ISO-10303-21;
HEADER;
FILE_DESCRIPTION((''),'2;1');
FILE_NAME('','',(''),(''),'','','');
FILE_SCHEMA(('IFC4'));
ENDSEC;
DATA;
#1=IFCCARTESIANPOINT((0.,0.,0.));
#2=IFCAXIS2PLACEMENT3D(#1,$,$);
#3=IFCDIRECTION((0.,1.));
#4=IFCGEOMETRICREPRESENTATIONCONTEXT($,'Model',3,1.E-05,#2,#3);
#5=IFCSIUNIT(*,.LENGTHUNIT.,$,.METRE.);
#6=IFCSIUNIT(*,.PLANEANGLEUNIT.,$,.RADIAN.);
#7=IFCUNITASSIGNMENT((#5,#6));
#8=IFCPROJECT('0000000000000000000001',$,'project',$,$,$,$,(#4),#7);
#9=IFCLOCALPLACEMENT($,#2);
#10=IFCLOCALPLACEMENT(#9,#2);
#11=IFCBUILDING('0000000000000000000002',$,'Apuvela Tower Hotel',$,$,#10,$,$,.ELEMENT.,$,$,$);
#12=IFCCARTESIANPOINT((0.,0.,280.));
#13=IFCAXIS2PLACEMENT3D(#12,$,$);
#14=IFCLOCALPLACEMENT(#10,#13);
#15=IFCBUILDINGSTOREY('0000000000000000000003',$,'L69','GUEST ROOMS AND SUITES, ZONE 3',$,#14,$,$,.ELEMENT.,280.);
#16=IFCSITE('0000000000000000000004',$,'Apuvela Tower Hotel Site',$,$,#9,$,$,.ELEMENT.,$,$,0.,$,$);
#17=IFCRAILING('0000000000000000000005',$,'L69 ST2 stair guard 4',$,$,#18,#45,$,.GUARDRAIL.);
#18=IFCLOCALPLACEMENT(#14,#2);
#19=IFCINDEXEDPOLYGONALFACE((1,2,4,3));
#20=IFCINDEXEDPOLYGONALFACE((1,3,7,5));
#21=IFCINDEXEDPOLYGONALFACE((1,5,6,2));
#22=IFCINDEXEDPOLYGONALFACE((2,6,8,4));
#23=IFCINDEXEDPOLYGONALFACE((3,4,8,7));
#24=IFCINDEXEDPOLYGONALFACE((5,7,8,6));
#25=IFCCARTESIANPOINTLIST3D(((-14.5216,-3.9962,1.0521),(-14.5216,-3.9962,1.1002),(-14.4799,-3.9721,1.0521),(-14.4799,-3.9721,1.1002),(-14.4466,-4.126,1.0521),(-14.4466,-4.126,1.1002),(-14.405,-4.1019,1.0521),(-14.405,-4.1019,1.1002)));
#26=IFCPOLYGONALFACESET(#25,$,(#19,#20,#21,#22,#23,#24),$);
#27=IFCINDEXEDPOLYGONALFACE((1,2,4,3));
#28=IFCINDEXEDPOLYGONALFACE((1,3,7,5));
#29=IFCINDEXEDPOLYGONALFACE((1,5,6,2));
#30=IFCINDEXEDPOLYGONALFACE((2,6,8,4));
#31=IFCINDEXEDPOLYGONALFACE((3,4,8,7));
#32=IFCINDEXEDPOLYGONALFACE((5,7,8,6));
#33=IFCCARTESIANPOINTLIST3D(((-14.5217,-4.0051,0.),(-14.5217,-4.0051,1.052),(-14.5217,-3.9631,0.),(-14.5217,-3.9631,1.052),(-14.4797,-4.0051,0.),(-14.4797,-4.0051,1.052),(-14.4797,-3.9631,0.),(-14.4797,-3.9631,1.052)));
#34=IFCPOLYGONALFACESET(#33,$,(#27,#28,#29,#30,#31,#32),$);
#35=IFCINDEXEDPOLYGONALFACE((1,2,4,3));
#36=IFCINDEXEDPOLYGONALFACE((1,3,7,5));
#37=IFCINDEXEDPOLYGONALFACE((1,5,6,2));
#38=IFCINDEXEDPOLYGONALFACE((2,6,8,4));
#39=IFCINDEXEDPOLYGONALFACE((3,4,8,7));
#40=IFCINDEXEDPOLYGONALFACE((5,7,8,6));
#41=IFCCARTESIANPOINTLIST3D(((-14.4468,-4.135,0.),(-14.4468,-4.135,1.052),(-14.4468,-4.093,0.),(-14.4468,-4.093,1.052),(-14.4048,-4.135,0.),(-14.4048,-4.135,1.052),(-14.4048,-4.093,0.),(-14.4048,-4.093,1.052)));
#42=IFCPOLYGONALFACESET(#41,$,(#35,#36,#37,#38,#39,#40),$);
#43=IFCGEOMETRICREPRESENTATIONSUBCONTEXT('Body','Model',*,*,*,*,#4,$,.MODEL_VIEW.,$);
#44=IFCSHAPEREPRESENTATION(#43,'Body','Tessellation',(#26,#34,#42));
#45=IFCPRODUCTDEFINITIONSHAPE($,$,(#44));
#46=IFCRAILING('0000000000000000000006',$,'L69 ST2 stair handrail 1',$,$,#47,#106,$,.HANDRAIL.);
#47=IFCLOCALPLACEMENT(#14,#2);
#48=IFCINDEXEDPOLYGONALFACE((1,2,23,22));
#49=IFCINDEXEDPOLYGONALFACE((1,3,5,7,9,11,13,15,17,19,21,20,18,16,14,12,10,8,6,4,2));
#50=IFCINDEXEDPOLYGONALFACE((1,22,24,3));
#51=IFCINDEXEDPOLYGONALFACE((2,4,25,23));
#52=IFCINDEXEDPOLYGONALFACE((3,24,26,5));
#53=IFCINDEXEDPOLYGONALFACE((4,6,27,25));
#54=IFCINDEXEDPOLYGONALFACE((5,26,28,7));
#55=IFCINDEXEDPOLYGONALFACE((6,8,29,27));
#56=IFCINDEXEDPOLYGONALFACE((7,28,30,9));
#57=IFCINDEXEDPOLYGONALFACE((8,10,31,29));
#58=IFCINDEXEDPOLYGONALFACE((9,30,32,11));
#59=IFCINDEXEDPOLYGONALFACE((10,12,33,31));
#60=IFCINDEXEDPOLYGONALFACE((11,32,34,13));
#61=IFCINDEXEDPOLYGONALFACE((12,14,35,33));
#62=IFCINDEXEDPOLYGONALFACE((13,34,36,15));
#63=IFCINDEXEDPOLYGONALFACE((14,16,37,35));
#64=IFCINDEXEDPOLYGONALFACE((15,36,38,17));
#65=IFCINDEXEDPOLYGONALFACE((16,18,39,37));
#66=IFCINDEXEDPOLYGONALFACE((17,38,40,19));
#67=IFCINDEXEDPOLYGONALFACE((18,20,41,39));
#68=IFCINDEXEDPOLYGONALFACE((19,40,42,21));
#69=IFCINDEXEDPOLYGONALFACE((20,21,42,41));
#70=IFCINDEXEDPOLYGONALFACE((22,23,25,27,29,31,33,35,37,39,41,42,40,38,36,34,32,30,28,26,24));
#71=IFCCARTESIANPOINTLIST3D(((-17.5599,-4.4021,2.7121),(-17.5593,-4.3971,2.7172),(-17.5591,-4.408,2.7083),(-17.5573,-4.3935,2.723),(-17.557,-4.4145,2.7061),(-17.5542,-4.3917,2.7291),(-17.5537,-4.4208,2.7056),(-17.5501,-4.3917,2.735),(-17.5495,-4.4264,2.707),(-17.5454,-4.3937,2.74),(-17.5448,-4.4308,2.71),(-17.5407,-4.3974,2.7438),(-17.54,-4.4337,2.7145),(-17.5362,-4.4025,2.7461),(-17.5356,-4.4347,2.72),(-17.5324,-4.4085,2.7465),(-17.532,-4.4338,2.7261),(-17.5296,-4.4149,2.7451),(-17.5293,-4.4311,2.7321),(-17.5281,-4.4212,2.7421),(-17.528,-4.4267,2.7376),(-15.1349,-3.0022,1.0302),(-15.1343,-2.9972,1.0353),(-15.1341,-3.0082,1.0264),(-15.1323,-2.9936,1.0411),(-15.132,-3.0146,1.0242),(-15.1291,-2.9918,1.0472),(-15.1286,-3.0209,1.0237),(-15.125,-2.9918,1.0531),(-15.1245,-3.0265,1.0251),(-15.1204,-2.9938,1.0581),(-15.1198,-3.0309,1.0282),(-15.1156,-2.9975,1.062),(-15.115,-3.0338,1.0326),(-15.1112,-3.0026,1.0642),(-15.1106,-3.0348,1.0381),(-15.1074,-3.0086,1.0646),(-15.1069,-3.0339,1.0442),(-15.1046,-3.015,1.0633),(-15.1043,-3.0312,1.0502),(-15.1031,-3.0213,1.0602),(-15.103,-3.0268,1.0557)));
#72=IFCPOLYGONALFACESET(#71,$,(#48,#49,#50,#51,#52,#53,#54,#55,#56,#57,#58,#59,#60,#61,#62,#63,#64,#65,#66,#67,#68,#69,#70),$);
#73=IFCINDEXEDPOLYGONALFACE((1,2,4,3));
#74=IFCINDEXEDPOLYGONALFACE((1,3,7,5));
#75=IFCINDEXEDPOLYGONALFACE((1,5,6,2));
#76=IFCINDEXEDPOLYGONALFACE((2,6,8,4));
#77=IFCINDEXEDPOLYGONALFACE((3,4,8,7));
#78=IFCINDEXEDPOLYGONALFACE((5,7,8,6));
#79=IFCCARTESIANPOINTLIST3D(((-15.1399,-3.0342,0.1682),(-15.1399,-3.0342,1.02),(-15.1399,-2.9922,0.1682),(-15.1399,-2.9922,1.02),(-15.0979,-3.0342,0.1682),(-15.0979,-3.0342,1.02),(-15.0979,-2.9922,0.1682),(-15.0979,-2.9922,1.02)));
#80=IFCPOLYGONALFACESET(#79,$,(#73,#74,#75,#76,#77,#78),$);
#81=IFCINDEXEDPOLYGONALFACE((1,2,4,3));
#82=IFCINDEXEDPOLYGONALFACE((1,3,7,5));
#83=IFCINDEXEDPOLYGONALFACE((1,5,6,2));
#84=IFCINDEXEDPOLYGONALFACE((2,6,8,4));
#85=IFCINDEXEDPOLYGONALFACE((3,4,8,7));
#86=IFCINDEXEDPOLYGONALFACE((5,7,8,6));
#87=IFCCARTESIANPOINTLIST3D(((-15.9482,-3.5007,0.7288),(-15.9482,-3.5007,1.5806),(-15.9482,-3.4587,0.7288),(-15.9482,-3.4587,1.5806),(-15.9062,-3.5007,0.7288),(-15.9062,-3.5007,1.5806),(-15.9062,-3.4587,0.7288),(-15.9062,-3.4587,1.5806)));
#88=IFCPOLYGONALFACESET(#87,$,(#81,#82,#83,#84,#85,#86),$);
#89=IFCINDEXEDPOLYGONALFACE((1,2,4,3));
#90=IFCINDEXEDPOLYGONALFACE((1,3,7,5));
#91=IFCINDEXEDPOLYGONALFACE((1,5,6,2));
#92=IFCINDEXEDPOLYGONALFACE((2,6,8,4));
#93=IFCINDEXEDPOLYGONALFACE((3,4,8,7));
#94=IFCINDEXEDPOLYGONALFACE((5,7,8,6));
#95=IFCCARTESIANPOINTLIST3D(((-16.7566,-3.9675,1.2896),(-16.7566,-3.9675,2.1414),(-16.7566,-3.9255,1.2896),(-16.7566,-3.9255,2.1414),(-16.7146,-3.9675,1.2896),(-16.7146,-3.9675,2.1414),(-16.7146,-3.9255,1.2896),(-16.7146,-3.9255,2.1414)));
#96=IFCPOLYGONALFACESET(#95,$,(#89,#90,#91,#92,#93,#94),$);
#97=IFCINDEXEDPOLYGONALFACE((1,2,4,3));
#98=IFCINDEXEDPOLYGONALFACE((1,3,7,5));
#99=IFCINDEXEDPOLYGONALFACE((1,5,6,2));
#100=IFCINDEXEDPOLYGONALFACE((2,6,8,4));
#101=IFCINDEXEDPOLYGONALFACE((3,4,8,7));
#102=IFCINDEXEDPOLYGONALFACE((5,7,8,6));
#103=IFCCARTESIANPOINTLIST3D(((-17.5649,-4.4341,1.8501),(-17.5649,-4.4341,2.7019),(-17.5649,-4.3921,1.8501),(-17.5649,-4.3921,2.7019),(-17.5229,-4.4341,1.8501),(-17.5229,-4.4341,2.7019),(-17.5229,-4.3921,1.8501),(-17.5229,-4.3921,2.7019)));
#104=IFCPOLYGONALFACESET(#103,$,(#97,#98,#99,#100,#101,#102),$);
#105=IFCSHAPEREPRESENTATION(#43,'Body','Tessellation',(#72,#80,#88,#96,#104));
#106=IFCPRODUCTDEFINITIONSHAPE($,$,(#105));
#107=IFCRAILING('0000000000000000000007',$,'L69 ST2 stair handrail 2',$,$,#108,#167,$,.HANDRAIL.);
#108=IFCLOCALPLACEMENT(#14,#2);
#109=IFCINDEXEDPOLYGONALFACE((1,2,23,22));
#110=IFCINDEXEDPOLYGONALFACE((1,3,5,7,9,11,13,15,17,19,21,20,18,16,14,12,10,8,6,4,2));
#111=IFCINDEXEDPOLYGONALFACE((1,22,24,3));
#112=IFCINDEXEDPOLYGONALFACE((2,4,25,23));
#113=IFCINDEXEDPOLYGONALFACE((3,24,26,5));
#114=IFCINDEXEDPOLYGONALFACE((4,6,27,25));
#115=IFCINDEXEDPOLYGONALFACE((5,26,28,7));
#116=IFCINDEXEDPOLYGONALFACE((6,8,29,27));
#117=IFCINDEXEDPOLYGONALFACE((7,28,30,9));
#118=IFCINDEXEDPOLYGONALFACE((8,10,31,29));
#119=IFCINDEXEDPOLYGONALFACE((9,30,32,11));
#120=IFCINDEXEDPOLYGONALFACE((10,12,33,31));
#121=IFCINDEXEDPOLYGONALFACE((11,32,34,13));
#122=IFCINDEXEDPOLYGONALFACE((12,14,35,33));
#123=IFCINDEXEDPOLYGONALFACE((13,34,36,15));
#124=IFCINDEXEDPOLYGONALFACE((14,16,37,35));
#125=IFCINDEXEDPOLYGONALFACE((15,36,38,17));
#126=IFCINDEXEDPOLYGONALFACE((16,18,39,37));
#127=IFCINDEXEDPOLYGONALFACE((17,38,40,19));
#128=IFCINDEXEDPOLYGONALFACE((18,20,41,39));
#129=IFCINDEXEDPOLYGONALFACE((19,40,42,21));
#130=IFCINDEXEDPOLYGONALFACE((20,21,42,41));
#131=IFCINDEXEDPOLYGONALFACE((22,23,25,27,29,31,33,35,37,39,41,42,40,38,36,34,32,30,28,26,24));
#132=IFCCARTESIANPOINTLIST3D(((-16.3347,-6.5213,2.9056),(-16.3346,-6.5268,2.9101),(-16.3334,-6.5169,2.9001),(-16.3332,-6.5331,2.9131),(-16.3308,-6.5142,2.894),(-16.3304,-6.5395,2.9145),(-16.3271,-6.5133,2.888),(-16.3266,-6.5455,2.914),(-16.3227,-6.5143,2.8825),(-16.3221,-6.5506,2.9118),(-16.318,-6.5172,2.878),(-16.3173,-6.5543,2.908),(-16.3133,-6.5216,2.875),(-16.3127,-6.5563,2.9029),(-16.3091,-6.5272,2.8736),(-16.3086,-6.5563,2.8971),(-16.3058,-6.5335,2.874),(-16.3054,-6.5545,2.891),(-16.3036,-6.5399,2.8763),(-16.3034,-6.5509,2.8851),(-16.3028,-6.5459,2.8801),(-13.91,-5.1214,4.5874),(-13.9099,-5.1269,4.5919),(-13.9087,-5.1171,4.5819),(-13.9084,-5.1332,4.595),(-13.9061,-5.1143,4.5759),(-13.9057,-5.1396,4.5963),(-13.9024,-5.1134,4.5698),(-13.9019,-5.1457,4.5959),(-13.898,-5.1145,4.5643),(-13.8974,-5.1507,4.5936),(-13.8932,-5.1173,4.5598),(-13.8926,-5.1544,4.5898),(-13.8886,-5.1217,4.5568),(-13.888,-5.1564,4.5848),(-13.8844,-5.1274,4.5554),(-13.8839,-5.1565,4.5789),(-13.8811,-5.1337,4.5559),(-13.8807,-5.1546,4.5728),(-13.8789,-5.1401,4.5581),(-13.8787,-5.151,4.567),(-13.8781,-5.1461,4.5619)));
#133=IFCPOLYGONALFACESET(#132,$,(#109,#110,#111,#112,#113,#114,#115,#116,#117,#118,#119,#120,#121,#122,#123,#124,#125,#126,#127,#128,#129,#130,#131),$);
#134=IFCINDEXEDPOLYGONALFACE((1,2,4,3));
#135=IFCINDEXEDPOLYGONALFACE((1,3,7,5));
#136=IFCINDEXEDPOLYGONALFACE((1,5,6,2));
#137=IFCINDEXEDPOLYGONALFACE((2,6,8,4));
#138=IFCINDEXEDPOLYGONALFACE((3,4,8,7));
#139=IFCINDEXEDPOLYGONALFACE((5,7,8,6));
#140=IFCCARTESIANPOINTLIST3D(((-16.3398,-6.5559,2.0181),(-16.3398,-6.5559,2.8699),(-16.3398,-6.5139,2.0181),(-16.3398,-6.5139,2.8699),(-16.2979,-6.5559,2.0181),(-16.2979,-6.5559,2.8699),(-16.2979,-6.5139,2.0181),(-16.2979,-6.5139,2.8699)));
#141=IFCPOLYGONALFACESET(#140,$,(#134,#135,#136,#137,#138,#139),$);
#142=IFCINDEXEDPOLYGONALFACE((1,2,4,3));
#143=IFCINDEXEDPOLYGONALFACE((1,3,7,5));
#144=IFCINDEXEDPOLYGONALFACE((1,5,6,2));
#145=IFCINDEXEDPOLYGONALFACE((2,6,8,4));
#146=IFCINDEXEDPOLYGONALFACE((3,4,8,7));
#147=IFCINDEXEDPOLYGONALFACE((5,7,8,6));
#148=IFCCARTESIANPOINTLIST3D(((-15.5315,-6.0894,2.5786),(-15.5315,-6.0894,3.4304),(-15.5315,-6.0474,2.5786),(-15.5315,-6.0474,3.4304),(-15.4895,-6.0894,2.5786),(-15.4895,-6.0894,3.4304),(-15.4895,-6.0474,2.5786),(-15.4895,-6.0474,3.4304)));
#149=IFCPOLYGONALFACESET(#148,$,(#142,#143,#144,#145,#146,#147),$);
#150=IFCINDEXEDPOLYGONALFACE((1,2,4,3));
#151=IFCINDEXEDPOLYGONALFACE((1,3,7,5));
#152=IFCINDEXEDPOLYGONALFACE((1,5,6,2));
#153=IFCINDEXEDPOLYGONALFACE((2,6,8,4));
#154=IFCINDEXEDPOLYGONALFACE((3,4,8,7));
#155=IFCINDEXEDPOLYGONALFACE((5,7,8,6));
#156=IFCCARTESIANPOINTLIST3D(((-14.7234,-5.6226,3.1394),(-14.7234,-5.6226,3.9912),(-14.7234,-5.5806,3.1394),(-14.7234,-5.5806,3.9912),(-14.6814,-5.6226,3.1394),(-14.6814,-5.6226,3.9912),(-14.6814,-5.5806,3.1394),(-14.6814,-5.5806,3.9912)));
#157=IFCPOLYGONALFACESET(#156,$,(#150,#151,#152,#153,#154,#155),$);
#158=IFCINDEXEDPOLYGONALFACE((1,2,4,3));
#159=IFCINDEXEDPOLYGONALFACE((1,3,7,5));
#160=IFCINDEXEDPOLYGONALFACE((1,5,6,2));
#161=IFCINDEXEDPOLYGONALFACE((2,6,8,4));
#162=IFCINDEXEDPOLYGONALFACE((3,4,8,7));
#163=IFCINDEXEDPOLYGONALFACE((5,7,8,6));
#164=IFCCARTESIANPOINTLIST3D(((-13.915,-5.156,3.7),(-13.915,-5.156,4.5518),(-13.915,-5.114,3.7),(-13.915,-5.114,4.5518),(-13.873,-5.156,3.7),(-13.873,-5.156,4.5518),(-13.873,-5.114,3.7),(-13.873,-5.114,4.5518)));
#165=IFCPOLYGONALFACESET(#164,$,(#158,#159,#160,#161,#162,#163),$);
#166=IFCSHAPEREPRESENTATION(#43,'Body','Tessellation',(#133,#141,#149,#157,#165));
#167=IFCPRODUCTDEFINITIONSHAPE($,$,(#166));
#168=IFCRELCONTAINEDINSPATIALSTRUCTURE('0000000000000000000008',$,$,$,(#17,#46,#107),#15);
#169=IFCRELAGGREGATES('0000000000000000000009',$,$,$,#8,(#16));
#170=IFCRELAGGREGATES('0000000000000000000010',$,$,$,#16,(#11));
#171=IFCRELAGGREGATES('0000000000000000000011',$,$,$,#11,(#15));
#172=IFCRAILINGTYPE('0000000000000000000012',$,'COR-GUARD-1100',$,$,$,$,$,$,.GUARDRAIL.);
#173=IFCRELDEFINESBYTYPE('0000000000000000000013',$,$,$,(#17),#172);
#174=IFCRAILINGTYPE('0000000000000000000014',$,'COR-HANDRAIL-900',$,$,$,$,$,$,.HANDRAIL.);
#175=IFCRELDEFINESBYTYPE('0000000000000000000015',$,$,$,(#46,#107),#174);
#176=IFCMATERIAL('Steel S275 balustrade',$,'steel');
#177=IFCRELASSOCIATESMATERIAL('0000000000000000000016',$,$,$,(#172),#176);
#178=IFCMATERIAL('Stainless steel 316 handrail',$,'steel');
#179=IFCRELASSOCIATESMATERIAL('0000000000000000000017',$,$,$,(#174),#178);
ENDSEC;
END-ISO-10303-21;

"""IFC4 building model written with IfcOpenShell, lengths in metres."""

from ifc_helpers import new_model, si_unit, direction, frame, origin, origin_2d, place, context, subcontext, project, spatial, rectangle, circle, extrude, material, type_object, element, save


model = new_model("IFC4")

# Units and contexts
model_context = context("Model", 3, precision=1e-05, world=origin(), true_north=direction((0.0, 1.0)))
body_context = subcontext(model_context, "Body", "Model", "MODEL_VIEW")
ifc_project = project(units=[si_unit("LENGTHUNIT", "METRE"), si_unit("PLANEANGLEUNIT", "RADIAN")], contexts=[model_context])

# Site, building, storey
site_placement = place(None, origin())
site = spatial("IfcSite", under=ifc_project, at=site_placement, Name="Apuvela Tower Hotel Site", CompositionType="ELEMENT", RefElevation=0.0)
building_placement = place(site_placement, origin())
building = spatial("IfcBuilding", under=site, at=building_placement, Name="Apuvela Tower Hotel", CompositionType="ELEMENT")
storey_placement = place(building_placement, frame((0.0, 0.0, 280.0)))
storey = spatial("IfcBuildingStorey", under=building, at=storey_placement, Name="L69", Description="GUEST ROOMS AND SUITES, ZONE 3", CompositionType="ELEMENT", Elevation=280.0)

# Railings
ifc_material_1 = material(Name="Steel S275 balustrade", Category="steel")
railing_type_1 = type_object("IfcRailingType", Name="COR-GUARD-1100", PredefinedType="GUARDRAIL", material=ifc_material_1)
railing_1_placement = place(storey_placement, frame((-14.5007, -3.9841, 0.0)))
element("IfcRailing", 1, at=railing_1_placement, inside=storey, type_object=railing_type_1, Name="L69 ST2 stair guard 4", PredefinedType="GUARDRAIL", context=body_context, shape_type="SweptSolid", body=[
    extrude(rectangle(XDim=0.0481, YDim=0.0481, at=origin_2d()), frame((0.0, 0.0, 1.0762), z_axis=(0.499816, -0.866131, 0.0), x_axis=(0.866131, 0.499816, 0.0)), (0.0, 0.0, 1.0), 0.1499),
    extrude(rectangle(XDim=0.042, YDim=0.042, at=origin_2d()), origin(), (0.0, 0.0, 1.0), 1.052),
    extrude(rectangle(XDim=0.042, YDim=0.042, at=origin_2d()), frame((0.075, -0.1299, 0.0)), (0.0, 0.0, 1.0), 1.052),
])
ifc_material_2 = material(Name="Stainless steel 316 handrail", Category="steel")
railing_type_2 = type_object("IfcRailingType", Name="COR-HANDRAIL-900", PredefinedType="HANDRAIL", material=ifc_material_2)
railing_2_placement = place(storey_placement, frame((-15.1189, -3.0132, 0.1682)))
element("IfcRailing", 2, at=railing_2_placement, inside=storey, type_object=railing_type_2, Name="L69 ST2 stair handrail 1", PredefinedType="HANDRAIL", context=body_context, shape_type="SweptSolid", body=[
    extrude(circle(Radius=0.0239, at=origin_2d()), frame((0.0, 0.0, 0.876), z_axis=(-0.742424, -0.428577, 0.514906), x_axis=(0.499946, -0.866056, 0.0)), (0.0, 0.0, 1.0), 3.2664),
    extrude(rectangle(XDim=0.042, YDim=0.042, at=origin_2d()), origin(), (0.0, 0.0, 1.0), 0.8518),
    extrude(rectangle(XDim=0.042, YDim=0.042, at=origin_2d()), frame((-0.8083, -0.4666, 0.5605)), (0.0, 0.0, 1.0), 0.8518),
    extrude(rectangle(XDim=0.042, YDim=0.042, at=origin_2d()), frame((-1.6167, -0.9333, 1.1213)), (0.0, 0.0, 1.0), 0.8518),
    extrude(rectangle(XDim=0.042, YDim=0.042, at=origin_2d()), frame((-2.425, -1.3999, 1.6819)), (0.0, 0.0, 1.0), 0.8518),
])
railing_3_placement = place(storey_placement, frame((-16.3188, -6.5349, 2.0181)))
element("IfcRailing", 3, at=railing_3_placement, inside=storey, type_object=railing_type_2, Name="L69 ST2 stair handrail 2", PredefinedType="HANDRAIL", context=body_context, shape_type="SweptSolid", body=[
    extrude(circle(Radius=0.0239, at=origin_2d()), frame((0.0, 0.0, 0.876), z_axis=(0.74239, 0.428601, 0.514934), x_axis=(-0.499984, 0.866035, 0.0)), (0.0, 0.0, 1.0), 3.2661),
    extrude(rectangle(XDim=0.042, YDim=0.042, at=origin_2d()), origin(), (0.0, 0.0, 1.0), 0.8518),
    extrude(rectangle(XDim=0.042, YDim=0.042, at=origin_2d()), frame((0.8083, 0.4666, 0.5605)), (0.0, 0.0, 1.0), 0.8518),
    extrude(rectangle(XDim=0.042, YDim=0.042, at=origin_2d()), frame((1.6165, 0.9333, 1.1213)), (0.0, 0.0, 1.0), 0.8518),
    extrude(rectangle(XDim=0.042, YDim=0.042, at=origin_2d()), frame((2.4248, 1.3999, 1.6819)), (0.0, 0.0, 1.0), 0.8518),
])

save(model, "model.ifc")
